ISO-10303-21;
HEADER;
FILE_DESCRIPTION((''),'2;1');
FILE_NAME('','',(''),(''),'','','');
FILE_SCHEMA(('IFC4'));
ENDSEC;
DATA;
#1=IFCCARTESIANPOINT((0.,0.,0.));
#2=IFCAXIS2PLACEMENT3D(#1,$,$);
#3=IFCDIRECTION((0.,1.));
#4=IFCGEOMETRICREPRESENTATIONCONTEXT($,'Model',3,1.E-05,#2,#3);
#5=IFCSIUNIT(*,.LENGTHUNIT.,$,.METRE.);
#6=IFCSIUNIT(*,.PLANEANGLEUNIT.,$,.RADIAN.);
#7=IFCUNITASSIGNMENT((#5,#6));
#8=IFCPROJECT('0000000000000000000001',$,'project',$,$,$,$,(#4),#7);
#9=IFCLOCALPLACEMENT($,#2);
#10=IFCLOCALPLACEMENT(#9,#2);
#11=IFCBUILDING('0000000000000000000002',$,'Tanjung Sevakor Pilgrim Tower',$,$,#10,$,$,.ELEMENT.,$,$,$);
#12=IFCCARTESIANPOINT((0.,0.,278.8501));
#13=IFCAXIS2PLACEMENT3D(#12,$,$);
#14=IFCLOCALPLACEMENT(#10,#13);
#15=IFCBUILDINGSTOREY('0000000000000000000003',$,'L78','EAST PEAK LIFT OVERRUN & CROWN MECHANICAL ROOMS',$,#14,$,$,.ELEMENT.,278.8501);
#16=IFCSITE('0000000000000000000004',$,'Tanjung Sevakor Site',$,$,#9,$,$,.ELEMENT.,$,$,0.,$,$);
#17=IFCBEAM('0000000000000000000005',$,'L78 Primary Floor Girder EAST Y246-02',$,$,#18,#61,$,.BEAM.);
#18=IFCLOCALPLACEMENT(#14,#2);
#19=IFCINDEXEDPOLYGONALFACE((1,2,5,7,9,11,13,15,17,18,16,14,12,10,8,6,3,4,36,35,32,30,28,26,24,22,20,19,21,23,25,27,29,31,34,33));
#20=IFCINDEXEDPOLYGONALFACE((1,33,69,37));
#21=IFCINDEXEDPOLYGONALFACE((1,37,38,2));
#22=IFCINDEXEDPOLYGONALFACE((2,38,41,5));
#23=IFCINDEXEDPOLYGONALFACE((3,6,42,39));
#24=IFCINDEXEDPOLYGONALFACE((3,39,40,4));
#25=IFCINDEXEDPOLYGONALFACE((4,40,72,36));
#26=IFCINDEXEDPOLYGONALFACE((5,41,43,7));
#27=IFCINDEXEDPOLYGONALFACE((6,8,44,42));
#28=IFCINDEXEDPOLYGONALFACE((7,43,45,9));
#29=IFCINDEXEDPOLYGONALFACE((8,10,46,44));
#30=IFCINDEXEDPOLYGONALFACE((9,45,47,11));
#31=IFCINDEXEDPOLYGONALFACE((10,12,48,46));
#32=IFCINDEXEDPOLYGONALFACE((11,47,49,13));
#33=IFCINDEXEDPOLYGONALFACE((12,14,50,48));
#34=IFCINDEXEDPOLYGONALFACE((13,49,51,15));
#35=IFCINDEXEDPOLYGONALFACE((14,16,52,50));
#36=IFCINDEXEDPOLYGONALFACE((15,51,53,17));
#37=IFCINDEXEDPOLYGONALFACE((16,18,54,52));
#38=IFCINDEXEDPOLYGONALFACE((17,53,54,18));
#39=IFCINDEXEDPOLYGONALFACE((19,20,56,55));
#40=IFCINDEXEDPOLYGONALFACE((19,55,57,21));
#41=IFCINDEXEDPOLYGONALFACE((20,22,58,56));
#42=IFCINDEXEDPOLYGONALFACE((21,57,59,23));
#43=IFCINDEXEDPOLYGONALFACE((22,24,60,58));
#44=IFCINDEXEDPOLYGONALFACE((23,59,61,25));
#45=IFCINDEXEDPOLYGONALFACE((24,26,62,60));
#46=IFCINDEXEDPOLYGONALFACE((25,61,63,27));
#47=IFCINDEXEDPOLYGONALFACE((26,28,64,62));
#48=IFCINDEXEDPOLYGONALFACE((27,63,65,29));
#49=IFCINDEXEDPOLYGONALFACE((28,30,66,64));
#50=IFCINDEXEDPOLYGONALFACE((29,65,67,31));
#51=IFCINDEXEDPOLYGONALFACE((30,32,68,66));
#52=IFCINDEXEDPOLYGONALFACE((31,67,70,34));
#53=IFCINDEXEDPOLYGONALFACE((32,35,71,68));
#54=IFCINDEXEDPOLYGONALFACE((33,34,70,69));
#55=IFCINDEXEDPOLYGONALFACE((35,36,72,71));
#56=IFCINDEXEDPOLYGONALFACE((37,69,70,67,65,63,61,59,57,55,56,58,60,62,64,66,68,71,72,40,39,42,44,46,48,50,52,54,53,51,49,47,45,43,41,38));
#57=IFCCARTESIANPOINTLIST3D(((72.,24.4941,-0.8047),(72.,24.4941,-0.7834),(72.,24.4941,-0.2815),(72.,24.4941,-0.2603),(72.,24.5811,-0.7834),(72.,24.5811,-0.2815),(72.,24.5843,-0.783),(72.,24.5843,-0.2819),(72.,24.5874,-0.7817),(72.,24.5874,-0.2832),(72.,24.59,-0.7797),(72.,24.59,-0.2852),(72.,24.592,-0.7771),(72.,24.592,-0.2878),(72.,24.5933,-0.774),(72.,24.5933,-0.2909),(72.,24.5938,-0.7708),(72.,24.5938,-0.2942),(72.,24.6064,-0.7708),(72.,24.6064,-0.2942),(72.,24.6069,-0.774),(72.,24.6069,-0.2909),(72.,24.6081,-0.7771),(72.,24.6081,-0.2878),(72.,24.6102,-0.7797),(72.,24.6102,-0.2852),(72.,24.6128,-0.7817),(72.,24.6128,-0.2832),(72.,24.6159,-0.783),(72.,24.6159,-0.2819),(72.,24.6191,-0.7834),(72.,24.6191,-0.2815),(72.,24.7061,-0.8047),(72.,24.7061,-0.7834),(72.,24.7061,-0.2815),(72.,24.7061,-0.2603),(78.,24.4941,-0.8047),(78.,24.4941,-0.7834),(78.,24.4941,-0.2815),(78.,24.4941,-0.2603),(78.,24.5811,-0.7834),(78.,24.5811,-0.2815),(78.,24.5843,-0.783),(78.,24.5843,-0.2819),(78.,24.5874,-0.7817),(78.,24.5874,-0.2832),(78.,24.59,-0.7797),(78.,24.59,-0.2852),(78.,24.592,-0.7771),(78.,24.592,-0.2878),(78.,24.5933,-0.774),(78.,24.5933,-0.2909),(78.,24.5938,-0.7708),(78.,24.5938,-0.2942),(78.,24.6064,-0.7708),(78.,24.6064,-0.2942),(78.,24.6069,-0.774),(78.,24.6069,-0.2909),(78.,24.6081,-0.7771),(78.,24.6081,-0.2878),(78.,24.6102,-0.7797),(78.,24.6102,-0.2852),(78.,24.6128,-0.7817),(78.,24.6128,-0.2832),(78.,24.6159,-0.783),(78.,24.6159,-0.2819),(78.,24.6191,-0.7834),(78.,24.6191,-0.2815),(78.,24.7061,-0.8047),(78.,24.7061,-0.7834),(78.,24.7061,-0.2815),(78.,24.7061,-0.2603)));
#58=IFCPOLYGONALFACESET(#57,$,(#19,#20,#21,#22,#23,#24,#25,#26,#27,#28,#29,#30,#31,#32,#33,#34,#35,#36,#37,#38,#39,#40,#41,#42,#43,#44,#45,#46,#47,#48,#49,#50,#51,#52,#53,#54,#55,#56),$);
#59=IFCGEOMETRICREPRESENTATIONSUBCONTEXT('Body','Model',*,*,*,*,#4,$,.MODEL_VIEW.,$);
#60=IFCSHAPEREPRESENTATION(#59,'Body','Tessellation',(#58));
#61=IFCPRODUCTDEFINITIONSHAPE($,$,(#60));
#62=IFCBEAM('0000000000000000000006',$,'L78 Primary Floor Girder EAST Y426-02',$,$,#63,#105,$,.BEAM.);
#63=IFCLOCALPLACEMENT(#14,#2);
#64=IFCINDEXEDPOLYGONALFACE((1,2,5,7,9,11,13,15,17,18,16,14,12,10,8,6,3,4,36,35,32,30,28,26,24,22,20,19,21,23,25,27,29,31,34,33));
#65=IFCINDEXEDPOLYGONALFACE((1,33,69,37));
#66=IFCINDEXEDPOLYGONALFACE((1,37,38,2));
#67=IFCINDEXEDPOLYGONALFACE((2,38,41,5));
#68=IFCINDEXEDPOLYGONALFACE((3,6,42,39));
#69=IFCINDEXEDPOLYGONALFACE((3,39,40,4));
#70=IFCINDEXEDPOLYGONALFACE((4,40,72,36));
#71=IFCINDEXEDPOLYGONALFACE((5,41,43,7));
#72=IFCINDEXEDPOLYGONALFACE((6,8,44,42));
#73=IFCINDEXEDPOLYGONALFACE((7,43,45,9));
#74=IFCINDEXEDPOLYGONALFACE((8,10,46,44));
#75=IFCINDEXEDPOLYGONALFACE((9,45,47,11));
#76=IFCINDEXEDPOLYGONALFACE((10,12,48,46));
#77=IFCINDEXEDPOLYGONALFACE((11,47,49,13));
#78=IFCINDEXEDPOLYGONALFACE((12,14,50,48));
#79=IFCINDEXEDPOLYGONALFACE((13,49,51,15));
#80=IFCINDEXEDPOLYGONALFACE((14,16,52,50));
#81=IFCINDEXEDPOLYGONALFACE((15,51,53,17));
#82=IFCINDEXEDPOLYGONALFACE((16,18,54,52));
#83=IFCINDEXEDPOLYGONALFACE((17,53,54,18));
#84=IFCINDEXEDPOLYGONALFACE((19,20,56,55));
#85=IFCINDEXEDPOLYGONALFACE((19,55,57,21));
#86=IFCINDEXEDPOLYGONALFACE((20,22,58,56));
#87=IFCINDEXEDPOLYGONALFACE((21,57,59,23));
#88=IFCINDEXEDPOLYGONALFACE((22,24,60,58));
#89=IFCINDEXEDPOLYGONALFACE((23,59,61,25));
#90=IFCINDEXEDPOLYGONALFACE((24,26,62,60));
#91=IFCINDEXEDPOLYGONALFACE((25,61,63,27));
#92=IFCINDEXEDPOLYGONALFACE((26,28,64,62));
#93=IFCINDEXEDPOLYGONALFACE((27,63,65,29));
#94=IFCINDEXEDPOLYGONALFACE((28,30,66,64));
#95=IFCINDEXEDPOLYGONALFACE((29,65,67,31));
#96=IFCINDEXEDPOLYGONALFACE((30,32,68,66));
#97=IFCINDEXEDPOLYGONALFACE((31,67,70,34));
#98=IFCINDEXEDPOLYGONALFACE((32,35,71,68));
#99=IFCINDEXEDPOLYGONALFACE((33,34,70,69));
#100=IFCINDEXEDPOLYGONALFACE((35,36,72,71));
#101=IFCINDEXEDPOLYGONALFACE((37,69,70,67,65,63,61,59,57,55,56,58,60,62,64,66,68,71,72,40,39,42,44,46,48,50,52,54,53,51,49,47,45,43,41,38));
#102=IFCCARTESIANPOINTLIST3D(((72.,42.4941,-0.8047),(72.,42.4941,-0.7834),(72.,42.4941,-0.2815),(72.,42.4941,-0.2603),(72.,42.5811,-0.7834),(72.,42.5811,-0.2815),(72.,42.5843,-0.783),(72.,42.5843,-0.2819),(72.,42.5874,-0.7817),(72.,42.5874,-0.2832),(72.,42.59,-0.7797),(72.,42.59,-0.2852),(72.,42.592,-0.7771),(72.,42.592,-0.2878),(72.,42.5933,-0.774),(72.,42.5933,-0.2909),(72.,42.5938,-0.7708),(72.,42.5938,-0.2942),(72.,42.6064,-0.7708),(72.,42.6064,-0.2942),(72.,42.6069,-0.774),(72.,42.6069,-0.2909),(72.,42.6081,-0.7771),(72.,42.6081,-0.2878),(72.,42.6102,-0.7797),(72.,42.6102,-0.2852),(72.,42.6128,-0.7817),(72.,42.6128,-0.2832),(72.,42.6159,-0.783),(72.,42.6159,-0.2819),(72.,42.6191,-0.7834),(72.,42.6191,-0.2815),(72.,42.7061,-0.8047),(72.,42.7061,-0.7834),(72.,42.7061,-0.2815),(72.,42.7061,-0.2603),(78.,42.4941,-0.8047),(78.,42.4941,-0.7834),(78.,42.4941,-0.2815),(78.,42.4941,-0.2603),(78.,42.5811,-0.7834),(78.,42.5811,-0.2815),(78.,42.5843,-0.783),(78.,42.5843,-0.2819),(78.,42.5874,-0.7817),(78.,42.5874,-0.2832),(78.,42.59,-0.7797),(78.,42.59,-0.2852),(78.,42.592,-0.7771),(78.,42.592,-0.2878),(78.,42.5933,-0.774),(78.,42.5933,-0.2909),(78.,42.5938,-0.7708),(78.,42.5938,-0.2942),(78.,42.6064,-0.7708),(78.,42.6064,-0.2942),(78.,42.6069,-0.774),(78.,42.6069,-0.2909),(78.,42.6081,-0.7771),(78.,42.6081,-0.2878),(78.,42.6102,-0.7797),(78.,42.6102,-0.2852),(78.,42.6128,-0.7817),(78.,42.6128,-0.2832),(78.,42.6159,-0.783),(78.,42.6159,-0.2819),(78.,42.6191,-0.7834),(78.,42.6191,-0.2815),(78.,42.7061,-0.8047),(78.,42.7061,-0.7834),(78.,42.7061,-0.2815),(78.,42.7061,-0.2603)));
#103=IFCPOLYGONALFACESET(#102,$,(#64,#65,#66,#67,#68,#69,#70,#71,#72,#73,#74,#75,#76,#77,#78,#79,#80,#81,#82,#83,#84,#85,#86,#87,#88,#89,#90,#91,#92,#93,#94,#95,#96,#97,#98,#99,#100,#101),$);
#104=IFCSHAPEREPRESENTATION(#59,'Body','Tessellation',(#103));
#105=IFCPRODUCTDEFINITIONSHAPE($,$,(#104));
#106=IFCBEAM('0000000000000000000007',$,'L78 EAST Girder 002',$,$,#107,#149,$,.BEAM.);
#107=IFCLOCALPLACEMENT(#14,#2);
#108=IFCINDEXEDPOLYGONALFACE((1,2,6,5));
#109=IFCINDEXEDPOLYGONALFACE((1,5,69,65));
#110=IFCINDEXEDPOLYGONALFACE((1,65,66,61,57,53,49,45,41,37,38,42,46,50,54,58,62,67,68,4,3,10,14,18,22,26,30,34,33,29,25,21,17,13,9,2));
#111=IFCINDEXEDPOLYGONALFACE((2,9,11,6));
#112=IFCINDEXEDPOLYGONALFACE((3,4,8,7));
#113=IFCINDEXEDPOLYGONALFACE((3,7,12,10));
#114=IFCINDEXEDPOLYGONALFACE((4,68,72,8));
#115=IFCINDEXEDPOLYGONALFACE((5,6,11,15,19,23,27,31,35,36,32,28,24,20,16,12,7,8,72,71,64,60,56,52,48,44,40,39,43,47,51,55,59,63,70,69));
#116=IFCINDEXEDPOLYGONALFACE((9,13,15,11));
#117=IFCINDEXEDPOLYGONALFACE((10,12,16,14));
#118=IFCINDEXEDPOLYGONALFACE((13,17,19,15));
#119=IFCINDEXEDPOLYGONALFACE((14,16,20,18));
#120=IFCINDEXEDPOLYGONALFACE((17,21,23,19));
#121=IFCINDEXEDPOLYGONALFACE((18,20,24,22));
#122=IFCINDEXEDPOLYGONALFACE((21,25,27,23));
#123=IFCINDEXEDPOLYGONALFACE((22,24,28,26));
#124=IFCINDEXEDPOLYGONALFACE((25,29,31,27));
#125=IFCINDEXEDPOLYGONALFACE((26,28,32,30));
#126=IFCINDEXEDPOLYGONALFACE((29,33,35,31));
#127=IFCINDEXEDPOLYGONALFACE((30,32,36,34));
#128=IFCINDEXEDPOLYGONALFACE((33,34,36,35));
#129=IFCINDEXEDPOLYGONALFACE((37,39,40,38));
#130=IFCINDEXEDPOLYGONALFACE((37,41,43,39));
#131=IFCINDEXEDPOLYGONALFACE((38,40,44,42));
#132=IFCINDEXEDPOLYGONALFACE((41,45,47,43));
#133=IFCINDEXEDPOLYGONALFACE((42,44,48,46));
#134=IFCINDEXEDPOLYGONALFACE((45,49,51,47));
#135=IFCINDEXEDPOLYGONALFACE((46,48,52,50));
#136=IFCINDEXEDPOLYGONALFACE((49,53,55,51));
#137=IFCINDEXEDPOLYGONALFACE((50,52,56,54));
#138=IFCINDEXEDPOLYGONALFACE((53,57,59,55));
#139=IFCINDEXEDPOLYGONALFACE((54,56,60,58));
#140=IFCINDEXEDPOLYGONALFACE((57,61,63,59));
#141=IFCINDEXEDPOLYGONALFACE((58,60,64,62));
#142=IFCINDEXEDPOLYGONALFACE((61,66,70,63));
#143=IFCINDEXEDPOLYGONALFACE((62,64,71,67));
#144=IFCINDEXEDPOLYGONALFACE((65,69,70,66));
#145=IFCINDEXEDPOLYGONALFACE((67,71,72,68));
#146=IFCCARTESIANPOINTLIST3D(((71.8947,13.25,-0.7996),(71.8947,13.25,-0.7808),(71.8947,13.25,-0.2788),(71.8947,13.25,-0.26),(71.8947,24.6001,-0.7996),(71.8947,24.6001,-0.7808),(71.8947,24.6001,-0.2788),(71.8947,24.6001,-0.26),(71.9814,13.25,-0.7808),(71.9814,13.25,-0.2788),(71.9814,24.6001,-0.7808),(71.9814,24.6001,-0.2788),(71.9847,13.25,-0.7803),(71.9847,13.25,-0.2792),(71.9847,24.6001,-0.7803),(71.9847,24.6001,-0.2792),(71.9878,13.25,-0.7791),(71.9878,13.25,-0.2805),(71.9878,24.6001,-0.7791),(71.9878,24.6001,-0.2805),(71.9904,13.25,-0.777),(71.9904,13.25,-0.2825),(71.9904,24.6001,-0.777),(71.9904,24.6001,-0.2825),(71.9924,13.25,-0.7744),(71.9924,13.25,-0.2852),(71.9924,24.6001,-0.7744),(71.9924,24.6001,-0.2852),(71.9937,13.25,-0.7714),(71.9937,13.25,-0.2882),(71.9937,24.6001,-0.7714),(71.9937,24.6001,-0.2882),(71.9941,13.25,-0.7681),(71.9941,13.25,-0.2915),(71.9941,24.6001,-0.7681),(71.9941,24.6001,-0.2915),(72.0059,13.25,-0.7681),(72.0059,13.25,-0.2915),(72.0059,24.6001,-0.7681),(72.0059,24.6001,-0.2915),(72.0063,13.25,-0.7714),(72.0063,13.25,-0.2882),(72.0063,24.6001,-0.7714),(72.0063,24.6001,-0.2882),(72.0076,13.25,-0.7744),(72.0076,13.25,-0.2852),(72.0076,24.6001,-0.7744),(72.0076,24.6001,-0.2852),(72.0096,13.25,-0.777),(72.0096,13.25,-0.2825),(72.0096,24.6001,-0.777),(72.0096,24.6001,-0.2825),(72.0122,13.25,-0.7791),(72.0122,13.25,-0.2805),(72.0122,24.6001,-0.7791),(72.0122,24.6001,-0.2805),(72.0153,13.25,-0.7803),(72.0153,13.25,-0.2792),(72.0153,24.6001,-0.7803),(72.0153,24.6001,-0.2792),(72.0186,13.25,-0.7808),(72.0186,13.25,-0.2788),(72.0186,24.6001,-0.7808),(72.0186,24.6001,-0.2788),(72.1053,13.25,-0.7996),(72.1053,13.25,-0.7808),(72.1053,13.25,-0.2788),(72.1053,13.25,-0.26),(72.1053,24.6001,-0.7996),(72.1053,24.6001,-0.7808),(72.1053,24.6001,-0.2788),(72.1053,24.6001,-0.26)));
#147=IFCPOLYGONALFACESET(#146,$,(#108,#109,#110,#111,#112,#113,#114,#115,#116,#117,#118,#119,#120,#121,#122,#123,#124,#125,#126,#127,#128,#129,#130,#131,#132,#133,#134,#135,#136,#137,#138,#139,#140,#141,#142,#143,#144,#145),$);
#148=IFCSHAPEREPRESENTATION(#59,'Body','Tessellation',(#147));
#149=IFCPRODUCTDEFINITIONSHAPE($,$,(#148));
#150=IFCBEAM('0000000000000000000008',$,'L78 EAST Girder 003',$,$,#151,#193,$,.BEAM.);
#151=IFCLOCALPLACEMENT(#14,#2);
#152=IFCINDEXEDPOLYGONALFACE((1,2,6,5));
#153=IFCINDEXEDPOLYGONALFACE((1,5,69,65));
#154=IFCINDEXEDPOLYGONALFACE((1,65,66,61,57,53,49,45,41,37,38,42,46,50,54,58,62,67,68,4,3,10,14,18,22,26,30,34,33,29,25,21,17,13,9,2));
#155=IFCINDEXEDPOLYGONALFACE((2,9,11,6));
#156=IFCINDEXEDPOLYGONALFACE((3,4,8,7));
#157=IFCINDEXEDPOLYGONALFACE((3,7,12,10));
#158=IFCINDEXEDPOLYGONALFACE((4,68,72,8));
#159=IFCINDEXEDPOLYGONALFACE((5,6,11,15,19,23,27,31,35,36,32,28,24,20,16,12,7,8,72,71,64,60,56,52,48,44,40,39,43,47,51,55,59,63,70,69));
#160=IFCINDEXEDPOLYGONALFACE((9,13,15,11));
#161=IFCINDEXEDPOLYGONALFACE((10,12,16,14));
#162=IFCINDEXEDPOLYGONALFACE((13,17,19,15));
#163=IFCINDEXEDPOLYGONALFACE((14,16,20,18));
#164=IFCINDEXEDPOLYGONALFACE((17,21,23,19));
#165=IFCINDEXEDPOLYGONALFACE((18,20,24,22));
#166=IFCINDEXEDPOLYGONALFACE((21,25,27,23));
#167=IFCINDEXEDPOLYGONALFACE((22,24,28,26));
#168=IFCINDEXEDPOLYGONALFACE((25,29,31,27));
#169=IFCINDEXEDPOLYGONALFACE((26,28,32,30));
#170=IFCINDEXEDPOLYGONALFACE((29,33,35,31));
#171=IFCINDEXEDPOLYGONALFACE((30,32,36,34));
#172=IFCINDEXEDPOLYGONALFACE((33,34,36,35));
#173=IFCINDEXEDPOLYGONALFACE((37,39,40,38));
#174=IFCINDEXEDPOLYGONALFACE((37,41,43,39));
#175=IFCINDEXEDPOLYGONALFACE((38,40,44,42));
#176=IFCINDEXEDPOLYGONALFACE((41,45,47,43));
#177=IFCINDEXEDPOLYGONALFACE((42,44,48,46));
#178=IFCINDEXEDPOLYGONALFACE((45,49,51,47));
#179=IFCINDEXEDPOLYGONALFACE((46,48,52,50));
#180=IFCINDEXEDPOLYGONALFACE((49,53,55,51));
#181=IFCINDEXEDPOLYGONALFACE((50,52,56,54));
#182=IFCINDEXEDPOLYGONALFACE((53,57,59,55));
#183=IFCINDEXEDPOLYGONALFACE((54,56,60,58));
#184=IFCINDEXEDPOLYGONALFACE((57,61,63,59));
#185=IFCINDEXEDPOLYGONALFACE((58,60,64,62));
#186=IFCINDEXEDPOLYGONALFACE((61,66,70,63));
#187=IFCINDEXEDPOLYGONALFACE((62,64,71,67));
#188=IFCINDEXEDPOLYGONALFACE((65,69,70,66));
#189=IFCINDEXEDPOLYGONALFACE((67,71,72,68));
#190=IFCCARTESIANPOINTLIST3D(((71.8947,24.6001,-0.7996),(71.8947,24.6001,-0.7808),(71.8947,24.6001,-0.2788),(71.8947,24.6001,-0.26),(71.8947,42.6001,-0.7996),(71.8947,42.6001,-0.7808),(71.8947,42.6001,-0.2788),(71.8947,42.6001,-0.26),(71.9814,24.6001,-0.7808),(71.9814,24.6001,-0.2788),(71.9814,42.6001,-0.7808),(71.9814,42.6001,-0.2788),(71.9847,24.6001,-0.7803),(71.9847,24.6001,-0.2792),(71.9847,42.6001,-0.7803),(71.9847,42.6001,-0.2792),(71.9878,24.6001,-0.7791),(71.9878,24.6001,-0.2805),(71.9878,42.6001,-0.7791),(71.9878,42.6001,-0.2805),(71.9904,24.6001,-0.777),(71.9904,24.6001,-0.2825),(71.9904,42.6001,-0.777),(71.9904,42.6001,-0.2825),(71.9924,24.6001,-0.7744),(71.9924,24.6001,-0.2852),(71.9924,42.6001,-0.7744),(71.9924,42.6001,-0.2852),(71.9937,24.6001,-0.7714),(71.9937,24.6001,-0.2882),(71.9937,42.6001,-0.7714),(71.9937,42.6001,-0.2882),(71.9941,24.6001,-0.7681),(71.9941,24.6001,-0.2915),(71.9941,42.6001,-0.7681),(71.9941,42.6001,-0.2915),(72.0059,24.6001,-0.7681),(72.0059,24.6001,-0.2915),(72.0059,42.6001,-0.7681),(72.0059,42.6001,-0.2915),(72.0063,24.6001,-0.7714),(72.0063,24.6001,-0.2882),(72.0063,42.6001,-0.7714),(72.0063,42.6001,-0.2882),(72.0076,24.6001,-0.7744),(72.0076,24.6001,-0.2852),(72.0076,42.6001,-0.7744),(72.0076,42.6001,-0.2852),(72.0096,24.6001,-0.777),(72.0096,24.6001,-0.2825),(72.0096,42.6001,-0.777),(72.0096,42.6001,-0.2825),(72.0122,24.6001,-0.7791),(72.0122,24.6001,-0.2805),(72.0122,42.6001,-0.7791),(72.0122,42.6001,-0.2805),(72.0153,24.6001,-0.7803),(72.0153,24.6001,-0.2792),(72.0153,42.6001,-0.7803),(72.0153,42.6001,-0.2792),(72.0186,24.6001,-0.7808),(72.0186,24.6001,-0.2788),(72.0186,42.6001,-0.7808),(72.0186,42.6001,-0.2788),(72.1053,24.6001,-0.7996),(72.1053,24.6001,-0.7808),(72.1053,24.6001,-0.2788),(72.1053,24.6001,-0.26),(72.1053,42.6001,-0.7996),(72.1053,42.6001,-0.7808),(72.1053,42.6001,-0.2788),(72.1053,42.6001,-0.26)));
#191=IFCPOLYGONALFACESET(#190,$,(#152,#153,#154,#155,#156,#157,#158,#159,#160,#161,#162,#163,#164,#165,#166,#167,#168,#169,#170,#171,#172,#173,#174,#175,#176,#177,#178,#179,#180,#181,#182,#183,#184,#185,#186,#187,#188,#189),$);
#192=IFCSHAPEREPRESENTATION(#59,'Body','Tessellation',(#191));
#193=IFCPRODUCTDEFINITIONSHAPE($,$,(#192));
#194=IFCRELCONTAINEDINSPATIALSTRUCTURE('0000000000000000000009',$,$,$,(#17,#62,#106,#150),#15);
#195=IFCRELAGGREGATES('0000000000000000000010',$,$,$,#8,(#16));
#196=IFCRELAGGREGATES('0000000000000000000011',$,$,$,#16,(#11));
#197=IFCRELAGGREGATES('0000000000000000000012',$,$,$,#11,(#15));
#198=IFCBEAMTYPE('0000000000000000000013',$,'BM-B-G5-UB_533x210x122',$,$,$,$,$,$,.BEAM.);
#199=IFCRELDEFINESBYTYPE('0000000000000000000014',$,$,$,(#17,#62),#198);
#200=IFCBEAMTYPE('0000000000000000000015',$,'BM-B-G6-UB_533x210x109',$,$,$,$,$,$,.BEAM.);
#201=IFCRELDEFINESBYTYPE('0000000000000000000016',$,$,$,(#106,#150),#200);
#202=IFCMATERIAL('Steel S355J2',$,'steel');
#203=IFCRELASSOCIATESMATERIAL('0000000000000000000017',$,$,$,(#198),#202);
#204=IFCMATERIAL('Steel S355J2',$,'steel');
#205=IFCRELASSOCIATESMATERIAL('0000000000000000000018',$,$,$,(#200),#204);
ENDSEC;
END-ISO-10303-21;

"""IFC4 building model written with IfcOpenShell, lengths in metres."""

from ifc_helpers import new_model, si_unit, direction, frame, origin, origin_2d, place, context, subcontext, project, spatial, i_section, extrude, material, material_profile, profile_set, type_object, element, save


model = new_model("IFC4")

# Units and contexts
model_context = context("Model", 3, precision=1e-05, world=origin(), true_north=direction((0.0, 1.0)))
body_context = subcontext(model_context, "Body", "Model", "MODEL_VIEW")
ifc_project = project(units=[si_unit("LENGTHUNIT", "METRE"), si_unit("PLANEANGLEUNIT", "RADIAN")], contexts=[model_context])

# Site, building, storey
site_placement = place(None, origin())
site = spatial("IfcSite", under=ifc_project, at=site_placement, Name="Tanjung Sevakor Site", CompositionType="ELEMENT", RefElevation=0.0)
building_placement = place(site_placement, origin())
building = spatial("IfcBuilding", under=site, at=building_placement, Name="Tanjung Sevakor Pilgrim Tower", CompositionType="ELEMENT")
storey_placement = place(building_placement, frame((0.0, 0.0, 278.8501)))
storey = spatial("IfcBuildingStorey", under=building, at=storey_placement, Name="L78", Description="EAST PEAK LIFT OVERRUN & CROWN MECHANICAL ROOMS", CompositionType="ELEMENT", Elevation=278.8501)

# Beams
ifc_material_1 = material(Name="Steel S355J2", Category="steel")
ifc_material_profile_1 = material_profile(ifc_material_1, i_section(OverallWidth=0.2119, OverallDepth=0.5444, WebThickness=0.0127, FlangeThickness=0.0212, FilletRadius=0.0127, at=origin_2d()))
ifc_profile_set_1 = profile_set([ifc_material_profile_1], Name="Steel S355J2")
beam_type_1 = type_object("IfcBeamType", Name="BM-B-G5-UB_533x210x122", PredefinedType="BEAM", material=ifc_profile_set_1)
for number, where, z_axis, x_axis, name in (
    (1, (72.0, 24.6001, -0.5325), (1.0, 0.0, 0.0), (0.0, 1.0, 0.0), "L78 Primary Floor Girder EAST Y246-02"),
    (2, (72.0, 42.6001, -0.5325), (1.0, 0.0, 0.0), (0.0, 1.0, 0.0), "L78 Primary Floor Girder EAST Y426-02"),
):
    element("IfcBeam", number, at=place(storey_placement, frame(where, z_axis=z_axis, x_axis=x_axis)), inside=storey, type_object=beam_type_1, Name=name, PredefinedType="BEAM", context=body_context, shape_type="SweptSolid", body=[
        extrude(i_section(OverallWidth=0.2119, OverallDepth=0.5444, WebThickness=0.0127, FlangeThickness=0.0212, FilletRadius=0.0127, at=origin_2d()), origin(), (0.0, 0.0, 1.0), 6.0),
    ])
ifc_material_2 = material(Name="Steel S355J2", Category="steel")
ifc_material_profile_2 = material_profile(ifc_material_2, i_section(OverallWidth=0.2107, OverallDepth=0.5396, WebThickness=0.0117, FlangeThickness=0.0188, FilletRadius=0.0127, at=origin_2d()))
ifc_profile_set_2 = profile_set([ifc_material_profile_2], Name="Steel S355J2")
beam_type_2 = type_object("IfcBeamType", Name="BM-B-G6-UB_533x210x109", PredefinedType="BEAM", material=ifc_profile_set_2)
beam_1_placement = place(storey_placement, frame((72.0, 13.25, -0.5298), z_axis=(0.0, 1.0, 0.0), x_axis=(-1.0, 0.0, 0.0)))
element("IfcBeam", 3, at=beam_1_placement, inside=storey, type_object=beam_type_2, Name="L78 EAST Girder 002", PredefinedType="BEAM", context=body_context, shape_type="SweptSolid", body=[
    extrude(i_section(OverallWidth=0.2107, OverallDepth=0.5396, WebThickness=0.0117, FlangeThickness=0.0188, FilletRadius=0.0127, at=origin_2d()), origin(), (0.0, 0.0, 1.0), 11.3501),
])
beam_2_placement = place(storey_placement, frame((72.0, 24.6001, -0.5298), z_axis=(0.0, 1.0, 0.0), x_axis=(-1.0, 0.0, 0.0)))
element("IfcBeam", 4, at=beam_2_placement, inside=storey, type_object=beam_type_2, Name="L78 EAST Girder 003", PredefinedType="BEAM", context=body_context, shape_type="SweptSolid", body=[
    extrude(i_section(OverallWidth=0.2107, OverallDepth=0.5396, WebThickness=0.0117, FlangeThickness=0.0188, FilletRadius=0.0127, at=origin_2d()), origin(), (0.0, 0.0, 1.0), 18.0),
])

save(model, "model.ifc")
